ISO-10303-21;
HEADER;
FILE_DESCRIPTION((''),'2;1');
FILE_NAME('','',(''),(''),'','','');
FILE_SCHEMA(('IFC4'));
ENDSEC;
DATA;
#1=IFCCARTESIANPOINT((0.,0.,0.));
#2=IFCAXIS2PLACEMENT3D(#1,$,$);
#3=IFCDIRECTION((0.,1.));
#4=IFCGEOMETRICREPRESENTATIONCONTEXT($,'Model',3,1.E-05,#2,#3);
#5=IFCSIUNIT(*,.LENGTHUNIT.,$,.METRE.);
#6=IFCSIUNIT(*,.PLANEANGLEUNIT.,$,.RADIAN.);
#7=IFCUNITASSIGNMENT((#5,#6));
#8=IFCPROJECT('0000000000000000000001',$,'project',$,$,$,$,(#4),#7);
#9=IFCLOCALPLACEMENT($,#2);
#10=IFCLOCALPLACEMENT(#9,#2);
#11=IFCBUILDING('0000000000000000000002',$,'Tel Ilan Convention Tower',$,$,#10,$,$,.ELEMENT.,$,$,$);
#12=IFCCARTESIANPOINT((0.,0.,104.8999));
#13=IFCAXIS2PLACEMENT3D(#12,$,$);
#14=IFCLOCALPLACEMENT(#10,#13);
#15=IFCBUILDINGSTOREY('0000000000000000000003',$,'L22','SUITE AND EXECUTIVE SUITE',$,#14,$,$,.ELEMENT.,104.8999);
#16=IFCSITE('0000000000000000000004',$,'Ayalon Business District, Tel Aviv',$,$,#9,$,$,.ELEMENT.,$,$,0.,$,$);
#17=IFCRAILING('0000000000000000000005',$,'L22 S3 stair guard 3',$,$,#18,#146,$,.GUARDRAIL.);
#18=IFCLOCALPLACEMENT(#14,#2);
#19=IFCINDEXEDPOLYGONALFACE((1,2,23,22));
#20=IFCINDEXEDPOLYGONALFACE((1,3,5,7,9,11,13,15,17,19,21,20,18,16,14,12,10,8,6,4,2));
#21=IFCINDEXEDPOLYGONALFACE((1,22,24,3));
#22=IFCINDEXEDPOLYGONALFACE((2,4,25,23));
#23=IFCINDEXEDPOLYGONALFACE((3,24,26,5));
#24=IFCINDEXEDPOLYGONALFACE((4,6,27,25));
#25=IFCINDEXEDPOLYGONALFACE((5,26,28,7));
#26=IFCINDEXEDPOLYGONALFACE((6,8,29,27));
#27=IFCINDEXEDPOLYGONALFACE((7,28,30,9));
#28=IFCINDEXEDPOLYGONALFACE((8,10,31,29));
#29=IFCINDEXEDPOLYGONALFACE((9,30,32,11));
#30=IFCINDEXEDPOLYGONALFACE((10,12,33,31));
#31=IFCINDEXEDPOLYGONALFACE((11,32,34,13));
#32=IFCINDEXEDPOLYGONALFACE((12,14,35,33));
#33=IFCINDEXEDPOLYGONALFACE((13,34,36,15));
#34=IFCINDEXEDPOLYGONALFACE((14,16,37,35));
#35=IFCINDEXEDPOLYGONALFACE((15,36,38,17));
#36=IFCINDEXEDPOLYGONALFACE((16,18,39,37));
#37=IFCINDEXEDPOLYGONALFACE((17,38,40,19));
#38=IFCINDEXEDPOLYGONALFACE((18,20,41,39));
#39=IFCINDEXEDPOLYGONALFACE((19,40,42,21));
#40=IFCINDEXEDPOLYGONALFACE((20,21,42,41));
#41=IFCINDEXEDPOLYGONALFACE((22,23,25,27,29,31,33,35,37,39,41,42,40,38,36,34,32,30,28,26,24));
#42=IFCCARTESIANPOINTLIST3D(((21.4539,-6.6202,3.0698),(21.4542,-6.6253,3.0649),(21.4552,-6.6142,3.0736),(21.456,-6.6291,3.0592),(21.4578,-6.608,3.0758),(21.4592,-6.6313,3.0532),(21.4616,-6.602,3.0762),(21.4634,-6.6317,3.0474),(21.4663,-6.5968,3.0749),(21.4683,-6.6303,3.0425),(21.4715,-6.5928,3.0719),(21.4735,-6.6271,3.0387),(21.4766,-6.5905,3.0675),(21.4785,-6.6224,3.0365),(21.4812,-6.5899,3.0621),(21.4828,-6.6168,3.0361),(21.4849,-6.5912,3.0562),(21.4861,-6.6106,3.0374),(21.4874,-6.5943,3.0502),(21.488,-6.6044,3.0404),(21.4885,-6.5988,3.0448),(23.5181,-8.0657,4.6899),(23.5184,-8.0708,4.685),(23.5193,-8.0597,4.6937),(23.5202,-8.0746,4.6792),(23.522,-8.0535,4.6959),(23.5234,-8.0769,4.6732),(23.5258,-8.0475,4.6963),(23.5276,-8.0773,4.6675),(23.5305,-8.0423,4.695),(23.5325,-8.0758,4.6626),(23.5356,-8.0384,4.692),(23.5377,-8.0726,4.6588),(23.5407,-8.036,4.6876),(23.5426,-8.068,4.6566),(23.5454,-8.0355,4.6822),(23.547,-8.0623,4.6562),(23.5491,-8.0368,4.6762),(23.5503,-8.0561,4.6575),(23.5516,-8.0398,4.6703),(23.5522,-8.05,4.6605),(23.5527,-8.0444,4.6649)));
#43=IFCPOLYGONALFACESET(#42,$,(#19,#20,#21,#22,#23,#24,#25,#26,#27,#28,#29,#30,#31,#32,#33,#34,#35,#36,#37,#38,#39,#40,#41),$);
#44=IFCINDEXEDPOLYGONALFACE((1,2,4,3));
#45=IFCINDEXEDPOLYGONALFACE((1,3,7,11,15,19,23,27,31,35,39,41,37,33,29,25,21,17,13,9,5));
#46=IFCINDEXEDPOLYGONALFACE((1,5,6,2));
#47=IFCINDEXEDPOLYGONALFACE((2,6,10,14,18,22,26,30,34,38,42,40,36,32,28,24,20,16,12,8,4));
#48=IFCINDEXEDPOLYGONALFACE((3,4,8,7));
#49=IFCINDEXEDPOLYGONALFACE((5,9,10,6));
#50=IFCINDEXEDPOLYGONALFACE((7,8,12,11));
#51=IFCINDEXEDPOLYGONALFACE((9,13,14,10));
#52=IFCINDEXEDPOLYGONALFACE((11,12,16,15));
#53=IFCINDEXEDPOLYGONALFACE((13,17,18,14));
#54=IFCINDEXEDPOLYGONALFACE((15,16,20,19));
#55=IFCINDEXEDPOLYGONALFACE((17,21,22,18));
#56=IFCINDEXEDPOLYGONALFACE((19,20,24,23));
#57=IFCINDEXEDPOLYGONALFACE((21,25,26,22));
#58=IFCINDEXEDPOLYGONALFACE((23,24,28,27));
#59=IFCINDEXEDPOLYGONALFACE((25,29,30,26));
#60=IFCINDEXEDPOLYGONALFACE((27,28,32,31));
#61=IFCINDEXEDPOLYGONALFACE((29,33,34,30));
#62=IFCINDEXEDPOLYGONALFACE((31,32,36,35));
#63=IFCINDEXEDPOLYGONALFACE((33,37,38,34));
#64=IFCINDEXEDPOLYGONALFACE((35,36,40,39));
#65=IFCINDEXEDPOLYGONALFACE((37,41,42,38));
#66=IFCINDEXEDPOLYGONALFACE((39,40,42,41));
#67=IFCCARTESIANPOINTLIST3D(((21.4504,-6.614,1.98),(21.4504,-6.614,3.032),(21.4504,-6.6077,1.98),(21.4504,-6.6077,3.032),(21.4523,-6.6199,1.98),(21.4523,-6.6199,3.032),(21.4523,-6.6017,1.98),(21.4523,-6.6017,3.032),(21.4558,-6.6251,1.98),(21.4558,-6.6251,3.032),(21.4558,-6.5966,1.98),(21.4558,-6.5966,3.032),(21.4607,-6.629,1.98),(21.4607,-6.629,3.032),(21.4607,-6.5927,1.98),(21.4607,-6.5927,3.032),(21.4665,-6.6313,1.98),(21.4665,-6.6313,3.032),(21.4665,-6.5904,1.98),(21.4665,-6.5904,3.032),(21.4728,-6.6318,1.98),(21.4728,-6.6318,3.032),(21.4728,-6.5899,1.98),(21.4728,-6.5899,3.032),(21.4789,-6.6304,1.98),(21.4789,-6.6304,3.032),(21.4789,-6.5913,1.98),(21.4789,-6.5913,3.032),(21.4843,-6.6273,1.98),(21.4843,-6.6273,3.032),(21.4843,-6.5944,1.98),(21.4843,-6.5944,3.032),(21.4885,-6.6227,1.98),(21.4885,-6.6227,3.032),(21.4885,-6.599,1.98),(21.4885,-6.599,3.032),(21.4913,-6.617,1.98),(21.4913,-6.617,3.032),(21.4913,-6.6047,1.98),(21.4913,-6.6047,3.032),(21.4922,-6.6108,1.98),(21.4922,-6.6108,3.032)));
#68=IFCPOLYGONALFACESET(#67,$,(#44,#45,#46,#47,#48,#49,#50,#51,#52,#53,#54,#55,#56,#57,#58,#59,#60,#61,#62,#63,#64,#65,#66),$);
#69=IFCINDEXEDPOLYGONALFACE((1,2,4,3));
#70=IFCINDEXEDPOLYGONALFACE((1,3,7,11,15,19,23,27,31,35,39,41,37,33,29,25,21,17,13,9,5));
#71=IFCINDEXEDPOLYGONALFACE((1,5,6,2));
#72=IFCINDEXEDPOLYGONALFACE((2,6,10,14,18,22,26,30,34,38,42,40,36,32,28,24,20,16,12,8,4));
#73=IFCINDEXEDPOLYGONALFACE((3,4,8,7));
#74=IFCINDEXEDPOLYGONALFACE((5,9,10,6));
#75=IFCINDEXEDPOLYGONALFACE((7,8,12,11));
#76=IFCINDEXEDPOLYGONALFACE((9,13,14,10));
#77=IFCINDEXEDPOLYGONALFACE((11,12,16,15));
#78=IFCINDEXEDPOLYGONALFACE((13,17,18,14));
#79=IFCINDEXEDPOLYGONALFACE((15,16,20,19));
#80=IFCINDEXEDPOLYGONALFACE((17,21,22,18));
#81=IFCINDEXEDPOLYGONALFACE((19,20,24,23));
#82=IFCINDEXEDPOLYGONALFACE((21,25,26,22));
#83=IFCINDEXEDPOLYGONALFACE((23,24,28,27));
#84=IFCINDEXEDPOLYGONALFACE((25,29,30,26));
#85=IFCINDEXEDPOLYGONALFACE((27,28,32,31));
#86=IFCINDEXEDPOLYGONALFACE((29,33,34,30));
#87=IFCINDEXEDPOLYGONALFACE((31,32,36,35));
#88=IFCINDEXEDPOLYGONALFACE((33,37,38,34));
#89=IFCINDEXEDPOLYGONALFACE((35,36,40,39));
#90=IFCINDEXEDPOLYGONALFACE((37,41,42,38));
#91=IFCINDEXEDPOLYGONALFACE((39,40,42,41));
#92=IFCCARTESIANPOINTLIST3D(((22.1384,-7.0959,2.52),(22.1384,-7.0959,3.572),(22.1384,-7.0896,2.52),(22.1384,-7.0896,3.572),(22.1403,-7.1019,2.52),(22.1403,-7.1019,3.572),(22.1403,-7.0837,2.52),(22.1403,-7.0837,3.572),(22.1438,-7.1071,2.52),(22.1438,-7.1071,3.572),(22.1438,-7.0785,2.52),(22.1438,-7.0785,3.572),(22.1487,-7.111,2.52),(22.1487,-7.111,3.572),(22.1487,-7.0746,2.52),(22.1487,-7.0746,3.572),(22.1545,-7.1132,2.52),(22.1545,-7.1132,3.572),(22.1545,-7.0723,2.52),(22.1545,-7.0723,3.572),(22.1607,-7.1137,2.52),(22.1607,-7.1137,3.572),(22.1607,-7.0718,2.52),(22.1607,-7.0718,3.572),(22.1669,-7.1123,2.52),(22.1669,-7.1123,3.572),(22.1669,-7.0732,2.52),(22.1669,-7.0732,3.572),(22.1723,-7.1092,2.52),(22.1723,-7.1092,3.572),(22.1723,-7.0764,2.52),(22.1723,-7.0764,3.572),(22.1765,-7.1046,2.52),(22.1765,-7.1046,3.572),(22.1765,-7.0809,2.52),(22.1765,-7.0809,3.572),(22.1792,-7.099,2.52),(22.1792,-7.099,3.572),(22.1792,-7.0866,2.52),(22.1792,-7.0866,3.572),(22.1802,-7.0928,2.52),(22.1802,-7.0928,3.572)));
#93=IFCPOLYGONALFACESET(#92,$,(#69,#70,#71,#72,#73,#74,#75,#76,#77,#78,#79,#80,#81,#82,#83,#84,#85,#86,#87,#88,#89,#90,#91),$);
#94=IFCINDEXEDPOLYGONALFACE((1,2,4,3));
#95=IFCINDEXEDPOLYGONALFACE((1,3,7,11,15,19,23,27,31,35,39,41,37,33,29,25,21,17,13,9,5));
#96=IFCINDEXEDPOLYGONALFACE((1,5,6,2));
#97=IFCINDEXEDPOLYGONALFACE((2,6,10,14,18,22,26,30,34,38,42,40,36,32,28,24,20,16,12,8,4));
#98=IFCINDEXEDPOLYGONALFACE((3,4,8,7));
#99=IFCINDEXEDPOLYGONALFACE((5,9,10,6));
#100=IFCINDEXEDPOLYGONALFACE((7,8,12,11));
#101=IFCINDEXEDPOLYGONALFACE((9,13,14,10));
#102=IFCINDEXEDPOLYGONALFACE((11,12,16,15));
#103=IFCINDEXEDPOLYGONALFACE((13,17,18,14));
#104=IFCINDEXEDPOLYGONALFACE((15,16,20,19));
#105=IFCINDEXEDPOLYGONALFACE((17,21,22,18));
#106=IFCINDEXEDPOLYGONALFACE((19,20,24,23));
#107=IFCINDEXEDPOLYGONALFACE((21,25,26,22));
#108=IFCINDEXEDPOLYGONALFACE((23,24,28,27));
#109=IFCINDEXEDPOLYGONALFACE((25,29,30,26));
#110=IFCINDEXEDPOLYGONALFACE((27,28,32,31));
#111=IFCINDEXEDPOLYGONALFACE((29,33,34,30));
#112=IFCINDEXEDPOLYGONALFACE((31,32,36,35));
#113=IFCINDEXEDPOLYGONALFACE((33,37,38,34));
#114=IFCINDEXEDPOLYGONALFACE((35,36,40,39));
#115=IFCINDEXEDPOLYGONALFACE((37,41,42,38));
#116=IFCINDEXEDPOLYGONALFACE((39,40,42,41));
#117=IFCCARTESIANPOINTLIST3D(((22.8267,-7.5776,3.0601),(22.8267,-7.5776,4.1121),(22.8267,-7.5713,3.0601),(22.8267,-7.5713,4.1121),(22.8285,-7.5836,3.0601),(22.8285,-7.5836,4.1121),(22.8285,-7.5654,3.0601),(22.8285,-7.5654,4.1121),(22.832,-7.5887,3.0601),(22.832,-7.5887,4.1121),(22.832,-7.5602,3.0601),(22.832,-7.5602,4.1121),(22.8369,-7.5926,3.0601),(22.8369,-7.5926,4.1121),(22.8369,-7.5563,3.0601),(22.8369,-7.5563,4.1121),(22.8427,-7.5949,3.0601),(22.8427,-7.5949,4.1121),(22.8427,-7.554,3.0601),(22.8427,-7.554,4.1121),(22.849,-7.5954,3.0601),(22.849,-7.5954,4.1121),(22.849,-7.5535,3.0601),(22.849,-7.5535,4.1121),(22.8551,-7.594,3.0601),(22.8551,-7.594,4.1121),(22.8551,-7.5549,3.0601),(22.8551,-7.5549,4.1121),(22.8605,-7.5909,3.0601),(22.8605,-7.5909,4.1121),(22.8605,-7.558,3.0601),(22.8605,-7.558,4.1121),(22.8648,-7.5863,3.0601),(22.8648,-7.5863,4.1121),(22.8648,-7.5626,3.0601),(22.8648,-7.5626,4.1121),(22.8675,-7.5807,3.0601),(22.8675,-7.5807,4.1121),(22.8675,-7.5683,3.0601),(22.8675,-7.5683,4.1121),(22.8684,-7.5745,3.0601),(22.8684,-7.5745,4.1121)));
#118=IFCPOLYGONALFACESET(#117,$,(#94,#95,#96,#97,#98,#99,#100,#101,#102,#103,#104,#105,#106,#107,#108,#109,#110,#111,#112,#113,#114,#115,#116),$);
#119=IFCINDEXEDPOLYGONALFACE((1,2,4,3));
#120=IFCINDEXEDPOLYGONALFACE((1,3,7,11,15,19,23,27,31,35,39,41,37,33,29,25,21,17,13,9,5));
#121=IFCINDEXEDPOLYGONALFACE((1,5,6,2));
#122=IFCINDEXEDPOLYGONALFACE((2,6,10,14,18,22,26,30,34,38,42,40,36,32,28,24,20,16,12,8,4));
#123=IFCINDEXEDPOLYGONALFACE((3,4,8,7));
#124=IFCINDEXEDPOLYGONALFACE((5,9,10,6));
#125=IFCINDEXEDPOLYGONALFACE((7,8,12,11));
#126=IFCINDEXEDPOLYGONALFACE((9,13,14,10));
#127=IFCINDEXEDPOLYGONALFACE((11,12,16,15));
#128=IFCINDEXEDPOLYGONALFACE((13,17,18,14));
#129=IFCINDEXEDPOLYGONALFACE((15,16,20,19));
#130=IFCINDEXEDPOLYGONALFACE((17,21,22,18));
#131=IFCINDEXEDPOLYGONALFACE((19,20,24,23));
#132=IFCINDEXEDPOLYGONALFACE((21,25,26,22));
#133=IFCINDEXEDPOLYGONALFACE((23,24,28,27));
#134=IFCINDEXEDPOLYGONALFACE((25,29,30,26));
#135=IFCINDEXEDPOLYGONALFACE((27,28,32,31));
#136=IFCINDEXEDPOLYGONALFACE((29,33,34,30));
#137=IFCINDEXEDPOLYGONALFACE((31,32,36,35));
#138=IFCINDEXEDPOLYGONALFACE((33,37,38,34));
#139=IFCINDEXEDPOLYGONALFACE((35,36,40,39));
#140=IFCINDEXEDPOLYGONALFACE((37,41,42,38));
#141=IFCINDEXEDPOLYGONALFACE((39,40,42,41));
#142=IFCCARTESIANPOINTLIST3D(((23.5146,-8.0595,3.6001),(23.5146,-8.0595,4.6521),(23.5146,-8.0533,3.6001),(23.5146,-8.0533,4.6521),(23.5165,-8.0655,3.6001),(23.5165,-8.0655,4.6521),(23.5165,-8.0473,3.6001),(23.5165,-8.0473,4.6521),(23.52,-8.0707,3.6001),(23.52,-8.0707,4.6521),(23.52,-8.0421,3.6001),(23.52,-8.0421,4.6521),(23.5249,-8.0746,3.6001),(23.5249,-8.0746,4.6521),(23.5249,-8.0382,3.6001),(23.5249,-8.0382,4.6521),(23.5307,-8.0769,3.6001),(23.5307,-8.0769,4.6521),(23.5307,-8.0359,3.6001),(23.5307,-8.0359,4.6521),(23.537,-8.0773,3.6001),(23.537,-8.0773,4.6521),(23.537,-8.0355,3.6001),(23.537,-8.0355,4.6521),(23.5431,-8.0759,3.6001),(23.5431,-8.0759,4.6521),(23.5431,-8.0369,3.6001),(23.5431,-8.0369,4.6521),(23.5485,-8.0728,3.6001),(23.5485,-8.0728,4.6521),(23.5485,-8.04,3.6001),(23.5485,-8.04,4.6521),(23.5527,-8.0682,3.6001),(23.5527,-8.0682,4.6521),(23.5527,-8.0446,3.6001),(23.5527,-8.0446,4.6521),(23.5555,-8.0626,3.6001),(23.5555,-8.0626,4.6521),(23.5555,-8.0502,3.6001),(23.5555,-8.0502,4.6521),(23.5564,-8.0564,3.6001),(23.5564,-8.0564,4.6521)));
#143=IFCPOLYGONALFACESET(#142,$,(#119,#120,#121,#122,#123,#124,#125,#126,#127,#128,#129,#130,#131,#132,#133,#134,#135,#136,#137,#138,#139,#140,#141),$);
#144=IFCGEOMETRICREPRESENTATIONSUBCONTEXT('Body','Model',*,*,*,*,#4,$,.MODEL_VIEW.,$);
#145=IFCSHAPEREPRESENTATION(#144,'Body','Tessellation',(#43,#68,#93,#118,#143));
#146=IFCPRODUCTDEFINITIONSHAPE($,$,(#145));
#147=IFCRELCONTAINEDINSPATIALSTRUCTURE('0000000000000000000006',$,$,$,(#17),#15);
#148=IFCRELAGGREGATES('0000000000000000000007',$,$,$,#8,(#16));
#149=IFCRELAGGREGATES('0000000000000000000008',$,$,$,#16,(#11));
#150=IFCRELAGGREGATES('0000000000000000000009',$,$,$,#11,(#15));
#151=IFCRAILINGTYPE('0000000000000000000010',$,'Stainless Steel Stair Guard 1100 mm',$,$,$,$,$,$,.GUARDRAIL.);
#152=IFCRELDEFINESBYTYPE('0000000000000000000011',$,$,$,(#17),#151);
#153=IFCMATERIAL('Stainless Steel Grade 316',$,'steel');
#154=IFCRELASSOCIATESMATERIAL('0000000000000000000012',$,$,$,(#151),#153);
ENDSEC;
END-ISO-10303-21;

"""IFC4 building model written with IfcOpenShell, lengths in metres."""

from ifc_helpers import new_model, si_unit, direction, frame, origin, origin_2d, place, context, subcontext, project, spatial, circle, extrude, material, type_object, element, save


model = new_model("IFC4")

# Units and contexts
model_context = context("Model", 3, precision=1e-05, world=origin(), true_north=direction((0.0, 1.0)))
body_context = subcontext(model_context, "Body", "Model", "MODEL_VIEW")
ifc_project = project(units=[si_unit("LENGTHUNIT", "METRE"), si_unit("PLANEANGLEUNIT", "RADIAN")], contexts=[model_context])

# Site, building, storey
site_placement = place(None, origin())
site = spatial("IfcSite", under=ifc_project, at=site_placement, Name="Ayalon Business District, Tel Aviv", CompositionType="ELEMENT", RefElevation=0.0)
building_placement = place(site_placement, origin())
building = spatial("IfcBuilding", under=site, at=building_placement, Name="Tel Ilan Convention Tower", CompositionType="ELEMENT")
storey_placement = place(building_placement, frame((0.0, 0.0, 104.8999)))
storey = spatial("IfcBuildingStorey", under=building, at=storey_placement, Name="L22", Description="SUITE AND EXECUTIVE SUITE", CompositionType="ELEMENT", Elevation=104.8999)

# Railing
ifc_material_1 = material(Name="Stainless Steel Grade 316", Category="steel")
railing_type_1 = type_object("IfcRailingType", Name="Stainless Steel Stair Guard 1100 mm", PredefinedType="GUARDRAIL", material=ifc_material_1)
railing_1_placement = place(storey_placement, frame((21.4712, -6.6108, 1.98)))
element("IfcRailing", 1, at=railing_1_placement, inside=storey, type_object=railing_type_1, Name="L22 S3 stair guard 3", PredefinedType="GUARDRAIL", context=body_context, shape_type="SweptSolid", body=[
    extrude(circle(Radius=0.0239, at=origin_2d()), frame((0.0, 0.0, 1.0762), z_axis=(0.689013, -0.482513, 0.540779), x_axis=(0.573625, 0.819118, 0.0)), (0.0, 0.0, 1.0), 2.9958),
    extrude(circle(Radius=0.021, at=origin_2d()), origin(), (0.0, 0.0, 1.0), 1.052),
    extrude(circle(Radius=0.021, at=origin_2d()), frame((0.688, -0.4819, 0.54)), (0.0, 0.0, 1.0), 1.052),
    extrude(circle(Radius=0.021, at=origin_2d()), frame((1.3762, -0.9636, 1.0801)), (0.0, 0.0, 1.0), 1.052),
    extrude(circle(Radius=0.021, at=origin_2d()), frame((2.0642, -1.4456, 1.6201)), (0.0, 0.0, 1.0), 1.052),
])

save(model, "model.ifc")
